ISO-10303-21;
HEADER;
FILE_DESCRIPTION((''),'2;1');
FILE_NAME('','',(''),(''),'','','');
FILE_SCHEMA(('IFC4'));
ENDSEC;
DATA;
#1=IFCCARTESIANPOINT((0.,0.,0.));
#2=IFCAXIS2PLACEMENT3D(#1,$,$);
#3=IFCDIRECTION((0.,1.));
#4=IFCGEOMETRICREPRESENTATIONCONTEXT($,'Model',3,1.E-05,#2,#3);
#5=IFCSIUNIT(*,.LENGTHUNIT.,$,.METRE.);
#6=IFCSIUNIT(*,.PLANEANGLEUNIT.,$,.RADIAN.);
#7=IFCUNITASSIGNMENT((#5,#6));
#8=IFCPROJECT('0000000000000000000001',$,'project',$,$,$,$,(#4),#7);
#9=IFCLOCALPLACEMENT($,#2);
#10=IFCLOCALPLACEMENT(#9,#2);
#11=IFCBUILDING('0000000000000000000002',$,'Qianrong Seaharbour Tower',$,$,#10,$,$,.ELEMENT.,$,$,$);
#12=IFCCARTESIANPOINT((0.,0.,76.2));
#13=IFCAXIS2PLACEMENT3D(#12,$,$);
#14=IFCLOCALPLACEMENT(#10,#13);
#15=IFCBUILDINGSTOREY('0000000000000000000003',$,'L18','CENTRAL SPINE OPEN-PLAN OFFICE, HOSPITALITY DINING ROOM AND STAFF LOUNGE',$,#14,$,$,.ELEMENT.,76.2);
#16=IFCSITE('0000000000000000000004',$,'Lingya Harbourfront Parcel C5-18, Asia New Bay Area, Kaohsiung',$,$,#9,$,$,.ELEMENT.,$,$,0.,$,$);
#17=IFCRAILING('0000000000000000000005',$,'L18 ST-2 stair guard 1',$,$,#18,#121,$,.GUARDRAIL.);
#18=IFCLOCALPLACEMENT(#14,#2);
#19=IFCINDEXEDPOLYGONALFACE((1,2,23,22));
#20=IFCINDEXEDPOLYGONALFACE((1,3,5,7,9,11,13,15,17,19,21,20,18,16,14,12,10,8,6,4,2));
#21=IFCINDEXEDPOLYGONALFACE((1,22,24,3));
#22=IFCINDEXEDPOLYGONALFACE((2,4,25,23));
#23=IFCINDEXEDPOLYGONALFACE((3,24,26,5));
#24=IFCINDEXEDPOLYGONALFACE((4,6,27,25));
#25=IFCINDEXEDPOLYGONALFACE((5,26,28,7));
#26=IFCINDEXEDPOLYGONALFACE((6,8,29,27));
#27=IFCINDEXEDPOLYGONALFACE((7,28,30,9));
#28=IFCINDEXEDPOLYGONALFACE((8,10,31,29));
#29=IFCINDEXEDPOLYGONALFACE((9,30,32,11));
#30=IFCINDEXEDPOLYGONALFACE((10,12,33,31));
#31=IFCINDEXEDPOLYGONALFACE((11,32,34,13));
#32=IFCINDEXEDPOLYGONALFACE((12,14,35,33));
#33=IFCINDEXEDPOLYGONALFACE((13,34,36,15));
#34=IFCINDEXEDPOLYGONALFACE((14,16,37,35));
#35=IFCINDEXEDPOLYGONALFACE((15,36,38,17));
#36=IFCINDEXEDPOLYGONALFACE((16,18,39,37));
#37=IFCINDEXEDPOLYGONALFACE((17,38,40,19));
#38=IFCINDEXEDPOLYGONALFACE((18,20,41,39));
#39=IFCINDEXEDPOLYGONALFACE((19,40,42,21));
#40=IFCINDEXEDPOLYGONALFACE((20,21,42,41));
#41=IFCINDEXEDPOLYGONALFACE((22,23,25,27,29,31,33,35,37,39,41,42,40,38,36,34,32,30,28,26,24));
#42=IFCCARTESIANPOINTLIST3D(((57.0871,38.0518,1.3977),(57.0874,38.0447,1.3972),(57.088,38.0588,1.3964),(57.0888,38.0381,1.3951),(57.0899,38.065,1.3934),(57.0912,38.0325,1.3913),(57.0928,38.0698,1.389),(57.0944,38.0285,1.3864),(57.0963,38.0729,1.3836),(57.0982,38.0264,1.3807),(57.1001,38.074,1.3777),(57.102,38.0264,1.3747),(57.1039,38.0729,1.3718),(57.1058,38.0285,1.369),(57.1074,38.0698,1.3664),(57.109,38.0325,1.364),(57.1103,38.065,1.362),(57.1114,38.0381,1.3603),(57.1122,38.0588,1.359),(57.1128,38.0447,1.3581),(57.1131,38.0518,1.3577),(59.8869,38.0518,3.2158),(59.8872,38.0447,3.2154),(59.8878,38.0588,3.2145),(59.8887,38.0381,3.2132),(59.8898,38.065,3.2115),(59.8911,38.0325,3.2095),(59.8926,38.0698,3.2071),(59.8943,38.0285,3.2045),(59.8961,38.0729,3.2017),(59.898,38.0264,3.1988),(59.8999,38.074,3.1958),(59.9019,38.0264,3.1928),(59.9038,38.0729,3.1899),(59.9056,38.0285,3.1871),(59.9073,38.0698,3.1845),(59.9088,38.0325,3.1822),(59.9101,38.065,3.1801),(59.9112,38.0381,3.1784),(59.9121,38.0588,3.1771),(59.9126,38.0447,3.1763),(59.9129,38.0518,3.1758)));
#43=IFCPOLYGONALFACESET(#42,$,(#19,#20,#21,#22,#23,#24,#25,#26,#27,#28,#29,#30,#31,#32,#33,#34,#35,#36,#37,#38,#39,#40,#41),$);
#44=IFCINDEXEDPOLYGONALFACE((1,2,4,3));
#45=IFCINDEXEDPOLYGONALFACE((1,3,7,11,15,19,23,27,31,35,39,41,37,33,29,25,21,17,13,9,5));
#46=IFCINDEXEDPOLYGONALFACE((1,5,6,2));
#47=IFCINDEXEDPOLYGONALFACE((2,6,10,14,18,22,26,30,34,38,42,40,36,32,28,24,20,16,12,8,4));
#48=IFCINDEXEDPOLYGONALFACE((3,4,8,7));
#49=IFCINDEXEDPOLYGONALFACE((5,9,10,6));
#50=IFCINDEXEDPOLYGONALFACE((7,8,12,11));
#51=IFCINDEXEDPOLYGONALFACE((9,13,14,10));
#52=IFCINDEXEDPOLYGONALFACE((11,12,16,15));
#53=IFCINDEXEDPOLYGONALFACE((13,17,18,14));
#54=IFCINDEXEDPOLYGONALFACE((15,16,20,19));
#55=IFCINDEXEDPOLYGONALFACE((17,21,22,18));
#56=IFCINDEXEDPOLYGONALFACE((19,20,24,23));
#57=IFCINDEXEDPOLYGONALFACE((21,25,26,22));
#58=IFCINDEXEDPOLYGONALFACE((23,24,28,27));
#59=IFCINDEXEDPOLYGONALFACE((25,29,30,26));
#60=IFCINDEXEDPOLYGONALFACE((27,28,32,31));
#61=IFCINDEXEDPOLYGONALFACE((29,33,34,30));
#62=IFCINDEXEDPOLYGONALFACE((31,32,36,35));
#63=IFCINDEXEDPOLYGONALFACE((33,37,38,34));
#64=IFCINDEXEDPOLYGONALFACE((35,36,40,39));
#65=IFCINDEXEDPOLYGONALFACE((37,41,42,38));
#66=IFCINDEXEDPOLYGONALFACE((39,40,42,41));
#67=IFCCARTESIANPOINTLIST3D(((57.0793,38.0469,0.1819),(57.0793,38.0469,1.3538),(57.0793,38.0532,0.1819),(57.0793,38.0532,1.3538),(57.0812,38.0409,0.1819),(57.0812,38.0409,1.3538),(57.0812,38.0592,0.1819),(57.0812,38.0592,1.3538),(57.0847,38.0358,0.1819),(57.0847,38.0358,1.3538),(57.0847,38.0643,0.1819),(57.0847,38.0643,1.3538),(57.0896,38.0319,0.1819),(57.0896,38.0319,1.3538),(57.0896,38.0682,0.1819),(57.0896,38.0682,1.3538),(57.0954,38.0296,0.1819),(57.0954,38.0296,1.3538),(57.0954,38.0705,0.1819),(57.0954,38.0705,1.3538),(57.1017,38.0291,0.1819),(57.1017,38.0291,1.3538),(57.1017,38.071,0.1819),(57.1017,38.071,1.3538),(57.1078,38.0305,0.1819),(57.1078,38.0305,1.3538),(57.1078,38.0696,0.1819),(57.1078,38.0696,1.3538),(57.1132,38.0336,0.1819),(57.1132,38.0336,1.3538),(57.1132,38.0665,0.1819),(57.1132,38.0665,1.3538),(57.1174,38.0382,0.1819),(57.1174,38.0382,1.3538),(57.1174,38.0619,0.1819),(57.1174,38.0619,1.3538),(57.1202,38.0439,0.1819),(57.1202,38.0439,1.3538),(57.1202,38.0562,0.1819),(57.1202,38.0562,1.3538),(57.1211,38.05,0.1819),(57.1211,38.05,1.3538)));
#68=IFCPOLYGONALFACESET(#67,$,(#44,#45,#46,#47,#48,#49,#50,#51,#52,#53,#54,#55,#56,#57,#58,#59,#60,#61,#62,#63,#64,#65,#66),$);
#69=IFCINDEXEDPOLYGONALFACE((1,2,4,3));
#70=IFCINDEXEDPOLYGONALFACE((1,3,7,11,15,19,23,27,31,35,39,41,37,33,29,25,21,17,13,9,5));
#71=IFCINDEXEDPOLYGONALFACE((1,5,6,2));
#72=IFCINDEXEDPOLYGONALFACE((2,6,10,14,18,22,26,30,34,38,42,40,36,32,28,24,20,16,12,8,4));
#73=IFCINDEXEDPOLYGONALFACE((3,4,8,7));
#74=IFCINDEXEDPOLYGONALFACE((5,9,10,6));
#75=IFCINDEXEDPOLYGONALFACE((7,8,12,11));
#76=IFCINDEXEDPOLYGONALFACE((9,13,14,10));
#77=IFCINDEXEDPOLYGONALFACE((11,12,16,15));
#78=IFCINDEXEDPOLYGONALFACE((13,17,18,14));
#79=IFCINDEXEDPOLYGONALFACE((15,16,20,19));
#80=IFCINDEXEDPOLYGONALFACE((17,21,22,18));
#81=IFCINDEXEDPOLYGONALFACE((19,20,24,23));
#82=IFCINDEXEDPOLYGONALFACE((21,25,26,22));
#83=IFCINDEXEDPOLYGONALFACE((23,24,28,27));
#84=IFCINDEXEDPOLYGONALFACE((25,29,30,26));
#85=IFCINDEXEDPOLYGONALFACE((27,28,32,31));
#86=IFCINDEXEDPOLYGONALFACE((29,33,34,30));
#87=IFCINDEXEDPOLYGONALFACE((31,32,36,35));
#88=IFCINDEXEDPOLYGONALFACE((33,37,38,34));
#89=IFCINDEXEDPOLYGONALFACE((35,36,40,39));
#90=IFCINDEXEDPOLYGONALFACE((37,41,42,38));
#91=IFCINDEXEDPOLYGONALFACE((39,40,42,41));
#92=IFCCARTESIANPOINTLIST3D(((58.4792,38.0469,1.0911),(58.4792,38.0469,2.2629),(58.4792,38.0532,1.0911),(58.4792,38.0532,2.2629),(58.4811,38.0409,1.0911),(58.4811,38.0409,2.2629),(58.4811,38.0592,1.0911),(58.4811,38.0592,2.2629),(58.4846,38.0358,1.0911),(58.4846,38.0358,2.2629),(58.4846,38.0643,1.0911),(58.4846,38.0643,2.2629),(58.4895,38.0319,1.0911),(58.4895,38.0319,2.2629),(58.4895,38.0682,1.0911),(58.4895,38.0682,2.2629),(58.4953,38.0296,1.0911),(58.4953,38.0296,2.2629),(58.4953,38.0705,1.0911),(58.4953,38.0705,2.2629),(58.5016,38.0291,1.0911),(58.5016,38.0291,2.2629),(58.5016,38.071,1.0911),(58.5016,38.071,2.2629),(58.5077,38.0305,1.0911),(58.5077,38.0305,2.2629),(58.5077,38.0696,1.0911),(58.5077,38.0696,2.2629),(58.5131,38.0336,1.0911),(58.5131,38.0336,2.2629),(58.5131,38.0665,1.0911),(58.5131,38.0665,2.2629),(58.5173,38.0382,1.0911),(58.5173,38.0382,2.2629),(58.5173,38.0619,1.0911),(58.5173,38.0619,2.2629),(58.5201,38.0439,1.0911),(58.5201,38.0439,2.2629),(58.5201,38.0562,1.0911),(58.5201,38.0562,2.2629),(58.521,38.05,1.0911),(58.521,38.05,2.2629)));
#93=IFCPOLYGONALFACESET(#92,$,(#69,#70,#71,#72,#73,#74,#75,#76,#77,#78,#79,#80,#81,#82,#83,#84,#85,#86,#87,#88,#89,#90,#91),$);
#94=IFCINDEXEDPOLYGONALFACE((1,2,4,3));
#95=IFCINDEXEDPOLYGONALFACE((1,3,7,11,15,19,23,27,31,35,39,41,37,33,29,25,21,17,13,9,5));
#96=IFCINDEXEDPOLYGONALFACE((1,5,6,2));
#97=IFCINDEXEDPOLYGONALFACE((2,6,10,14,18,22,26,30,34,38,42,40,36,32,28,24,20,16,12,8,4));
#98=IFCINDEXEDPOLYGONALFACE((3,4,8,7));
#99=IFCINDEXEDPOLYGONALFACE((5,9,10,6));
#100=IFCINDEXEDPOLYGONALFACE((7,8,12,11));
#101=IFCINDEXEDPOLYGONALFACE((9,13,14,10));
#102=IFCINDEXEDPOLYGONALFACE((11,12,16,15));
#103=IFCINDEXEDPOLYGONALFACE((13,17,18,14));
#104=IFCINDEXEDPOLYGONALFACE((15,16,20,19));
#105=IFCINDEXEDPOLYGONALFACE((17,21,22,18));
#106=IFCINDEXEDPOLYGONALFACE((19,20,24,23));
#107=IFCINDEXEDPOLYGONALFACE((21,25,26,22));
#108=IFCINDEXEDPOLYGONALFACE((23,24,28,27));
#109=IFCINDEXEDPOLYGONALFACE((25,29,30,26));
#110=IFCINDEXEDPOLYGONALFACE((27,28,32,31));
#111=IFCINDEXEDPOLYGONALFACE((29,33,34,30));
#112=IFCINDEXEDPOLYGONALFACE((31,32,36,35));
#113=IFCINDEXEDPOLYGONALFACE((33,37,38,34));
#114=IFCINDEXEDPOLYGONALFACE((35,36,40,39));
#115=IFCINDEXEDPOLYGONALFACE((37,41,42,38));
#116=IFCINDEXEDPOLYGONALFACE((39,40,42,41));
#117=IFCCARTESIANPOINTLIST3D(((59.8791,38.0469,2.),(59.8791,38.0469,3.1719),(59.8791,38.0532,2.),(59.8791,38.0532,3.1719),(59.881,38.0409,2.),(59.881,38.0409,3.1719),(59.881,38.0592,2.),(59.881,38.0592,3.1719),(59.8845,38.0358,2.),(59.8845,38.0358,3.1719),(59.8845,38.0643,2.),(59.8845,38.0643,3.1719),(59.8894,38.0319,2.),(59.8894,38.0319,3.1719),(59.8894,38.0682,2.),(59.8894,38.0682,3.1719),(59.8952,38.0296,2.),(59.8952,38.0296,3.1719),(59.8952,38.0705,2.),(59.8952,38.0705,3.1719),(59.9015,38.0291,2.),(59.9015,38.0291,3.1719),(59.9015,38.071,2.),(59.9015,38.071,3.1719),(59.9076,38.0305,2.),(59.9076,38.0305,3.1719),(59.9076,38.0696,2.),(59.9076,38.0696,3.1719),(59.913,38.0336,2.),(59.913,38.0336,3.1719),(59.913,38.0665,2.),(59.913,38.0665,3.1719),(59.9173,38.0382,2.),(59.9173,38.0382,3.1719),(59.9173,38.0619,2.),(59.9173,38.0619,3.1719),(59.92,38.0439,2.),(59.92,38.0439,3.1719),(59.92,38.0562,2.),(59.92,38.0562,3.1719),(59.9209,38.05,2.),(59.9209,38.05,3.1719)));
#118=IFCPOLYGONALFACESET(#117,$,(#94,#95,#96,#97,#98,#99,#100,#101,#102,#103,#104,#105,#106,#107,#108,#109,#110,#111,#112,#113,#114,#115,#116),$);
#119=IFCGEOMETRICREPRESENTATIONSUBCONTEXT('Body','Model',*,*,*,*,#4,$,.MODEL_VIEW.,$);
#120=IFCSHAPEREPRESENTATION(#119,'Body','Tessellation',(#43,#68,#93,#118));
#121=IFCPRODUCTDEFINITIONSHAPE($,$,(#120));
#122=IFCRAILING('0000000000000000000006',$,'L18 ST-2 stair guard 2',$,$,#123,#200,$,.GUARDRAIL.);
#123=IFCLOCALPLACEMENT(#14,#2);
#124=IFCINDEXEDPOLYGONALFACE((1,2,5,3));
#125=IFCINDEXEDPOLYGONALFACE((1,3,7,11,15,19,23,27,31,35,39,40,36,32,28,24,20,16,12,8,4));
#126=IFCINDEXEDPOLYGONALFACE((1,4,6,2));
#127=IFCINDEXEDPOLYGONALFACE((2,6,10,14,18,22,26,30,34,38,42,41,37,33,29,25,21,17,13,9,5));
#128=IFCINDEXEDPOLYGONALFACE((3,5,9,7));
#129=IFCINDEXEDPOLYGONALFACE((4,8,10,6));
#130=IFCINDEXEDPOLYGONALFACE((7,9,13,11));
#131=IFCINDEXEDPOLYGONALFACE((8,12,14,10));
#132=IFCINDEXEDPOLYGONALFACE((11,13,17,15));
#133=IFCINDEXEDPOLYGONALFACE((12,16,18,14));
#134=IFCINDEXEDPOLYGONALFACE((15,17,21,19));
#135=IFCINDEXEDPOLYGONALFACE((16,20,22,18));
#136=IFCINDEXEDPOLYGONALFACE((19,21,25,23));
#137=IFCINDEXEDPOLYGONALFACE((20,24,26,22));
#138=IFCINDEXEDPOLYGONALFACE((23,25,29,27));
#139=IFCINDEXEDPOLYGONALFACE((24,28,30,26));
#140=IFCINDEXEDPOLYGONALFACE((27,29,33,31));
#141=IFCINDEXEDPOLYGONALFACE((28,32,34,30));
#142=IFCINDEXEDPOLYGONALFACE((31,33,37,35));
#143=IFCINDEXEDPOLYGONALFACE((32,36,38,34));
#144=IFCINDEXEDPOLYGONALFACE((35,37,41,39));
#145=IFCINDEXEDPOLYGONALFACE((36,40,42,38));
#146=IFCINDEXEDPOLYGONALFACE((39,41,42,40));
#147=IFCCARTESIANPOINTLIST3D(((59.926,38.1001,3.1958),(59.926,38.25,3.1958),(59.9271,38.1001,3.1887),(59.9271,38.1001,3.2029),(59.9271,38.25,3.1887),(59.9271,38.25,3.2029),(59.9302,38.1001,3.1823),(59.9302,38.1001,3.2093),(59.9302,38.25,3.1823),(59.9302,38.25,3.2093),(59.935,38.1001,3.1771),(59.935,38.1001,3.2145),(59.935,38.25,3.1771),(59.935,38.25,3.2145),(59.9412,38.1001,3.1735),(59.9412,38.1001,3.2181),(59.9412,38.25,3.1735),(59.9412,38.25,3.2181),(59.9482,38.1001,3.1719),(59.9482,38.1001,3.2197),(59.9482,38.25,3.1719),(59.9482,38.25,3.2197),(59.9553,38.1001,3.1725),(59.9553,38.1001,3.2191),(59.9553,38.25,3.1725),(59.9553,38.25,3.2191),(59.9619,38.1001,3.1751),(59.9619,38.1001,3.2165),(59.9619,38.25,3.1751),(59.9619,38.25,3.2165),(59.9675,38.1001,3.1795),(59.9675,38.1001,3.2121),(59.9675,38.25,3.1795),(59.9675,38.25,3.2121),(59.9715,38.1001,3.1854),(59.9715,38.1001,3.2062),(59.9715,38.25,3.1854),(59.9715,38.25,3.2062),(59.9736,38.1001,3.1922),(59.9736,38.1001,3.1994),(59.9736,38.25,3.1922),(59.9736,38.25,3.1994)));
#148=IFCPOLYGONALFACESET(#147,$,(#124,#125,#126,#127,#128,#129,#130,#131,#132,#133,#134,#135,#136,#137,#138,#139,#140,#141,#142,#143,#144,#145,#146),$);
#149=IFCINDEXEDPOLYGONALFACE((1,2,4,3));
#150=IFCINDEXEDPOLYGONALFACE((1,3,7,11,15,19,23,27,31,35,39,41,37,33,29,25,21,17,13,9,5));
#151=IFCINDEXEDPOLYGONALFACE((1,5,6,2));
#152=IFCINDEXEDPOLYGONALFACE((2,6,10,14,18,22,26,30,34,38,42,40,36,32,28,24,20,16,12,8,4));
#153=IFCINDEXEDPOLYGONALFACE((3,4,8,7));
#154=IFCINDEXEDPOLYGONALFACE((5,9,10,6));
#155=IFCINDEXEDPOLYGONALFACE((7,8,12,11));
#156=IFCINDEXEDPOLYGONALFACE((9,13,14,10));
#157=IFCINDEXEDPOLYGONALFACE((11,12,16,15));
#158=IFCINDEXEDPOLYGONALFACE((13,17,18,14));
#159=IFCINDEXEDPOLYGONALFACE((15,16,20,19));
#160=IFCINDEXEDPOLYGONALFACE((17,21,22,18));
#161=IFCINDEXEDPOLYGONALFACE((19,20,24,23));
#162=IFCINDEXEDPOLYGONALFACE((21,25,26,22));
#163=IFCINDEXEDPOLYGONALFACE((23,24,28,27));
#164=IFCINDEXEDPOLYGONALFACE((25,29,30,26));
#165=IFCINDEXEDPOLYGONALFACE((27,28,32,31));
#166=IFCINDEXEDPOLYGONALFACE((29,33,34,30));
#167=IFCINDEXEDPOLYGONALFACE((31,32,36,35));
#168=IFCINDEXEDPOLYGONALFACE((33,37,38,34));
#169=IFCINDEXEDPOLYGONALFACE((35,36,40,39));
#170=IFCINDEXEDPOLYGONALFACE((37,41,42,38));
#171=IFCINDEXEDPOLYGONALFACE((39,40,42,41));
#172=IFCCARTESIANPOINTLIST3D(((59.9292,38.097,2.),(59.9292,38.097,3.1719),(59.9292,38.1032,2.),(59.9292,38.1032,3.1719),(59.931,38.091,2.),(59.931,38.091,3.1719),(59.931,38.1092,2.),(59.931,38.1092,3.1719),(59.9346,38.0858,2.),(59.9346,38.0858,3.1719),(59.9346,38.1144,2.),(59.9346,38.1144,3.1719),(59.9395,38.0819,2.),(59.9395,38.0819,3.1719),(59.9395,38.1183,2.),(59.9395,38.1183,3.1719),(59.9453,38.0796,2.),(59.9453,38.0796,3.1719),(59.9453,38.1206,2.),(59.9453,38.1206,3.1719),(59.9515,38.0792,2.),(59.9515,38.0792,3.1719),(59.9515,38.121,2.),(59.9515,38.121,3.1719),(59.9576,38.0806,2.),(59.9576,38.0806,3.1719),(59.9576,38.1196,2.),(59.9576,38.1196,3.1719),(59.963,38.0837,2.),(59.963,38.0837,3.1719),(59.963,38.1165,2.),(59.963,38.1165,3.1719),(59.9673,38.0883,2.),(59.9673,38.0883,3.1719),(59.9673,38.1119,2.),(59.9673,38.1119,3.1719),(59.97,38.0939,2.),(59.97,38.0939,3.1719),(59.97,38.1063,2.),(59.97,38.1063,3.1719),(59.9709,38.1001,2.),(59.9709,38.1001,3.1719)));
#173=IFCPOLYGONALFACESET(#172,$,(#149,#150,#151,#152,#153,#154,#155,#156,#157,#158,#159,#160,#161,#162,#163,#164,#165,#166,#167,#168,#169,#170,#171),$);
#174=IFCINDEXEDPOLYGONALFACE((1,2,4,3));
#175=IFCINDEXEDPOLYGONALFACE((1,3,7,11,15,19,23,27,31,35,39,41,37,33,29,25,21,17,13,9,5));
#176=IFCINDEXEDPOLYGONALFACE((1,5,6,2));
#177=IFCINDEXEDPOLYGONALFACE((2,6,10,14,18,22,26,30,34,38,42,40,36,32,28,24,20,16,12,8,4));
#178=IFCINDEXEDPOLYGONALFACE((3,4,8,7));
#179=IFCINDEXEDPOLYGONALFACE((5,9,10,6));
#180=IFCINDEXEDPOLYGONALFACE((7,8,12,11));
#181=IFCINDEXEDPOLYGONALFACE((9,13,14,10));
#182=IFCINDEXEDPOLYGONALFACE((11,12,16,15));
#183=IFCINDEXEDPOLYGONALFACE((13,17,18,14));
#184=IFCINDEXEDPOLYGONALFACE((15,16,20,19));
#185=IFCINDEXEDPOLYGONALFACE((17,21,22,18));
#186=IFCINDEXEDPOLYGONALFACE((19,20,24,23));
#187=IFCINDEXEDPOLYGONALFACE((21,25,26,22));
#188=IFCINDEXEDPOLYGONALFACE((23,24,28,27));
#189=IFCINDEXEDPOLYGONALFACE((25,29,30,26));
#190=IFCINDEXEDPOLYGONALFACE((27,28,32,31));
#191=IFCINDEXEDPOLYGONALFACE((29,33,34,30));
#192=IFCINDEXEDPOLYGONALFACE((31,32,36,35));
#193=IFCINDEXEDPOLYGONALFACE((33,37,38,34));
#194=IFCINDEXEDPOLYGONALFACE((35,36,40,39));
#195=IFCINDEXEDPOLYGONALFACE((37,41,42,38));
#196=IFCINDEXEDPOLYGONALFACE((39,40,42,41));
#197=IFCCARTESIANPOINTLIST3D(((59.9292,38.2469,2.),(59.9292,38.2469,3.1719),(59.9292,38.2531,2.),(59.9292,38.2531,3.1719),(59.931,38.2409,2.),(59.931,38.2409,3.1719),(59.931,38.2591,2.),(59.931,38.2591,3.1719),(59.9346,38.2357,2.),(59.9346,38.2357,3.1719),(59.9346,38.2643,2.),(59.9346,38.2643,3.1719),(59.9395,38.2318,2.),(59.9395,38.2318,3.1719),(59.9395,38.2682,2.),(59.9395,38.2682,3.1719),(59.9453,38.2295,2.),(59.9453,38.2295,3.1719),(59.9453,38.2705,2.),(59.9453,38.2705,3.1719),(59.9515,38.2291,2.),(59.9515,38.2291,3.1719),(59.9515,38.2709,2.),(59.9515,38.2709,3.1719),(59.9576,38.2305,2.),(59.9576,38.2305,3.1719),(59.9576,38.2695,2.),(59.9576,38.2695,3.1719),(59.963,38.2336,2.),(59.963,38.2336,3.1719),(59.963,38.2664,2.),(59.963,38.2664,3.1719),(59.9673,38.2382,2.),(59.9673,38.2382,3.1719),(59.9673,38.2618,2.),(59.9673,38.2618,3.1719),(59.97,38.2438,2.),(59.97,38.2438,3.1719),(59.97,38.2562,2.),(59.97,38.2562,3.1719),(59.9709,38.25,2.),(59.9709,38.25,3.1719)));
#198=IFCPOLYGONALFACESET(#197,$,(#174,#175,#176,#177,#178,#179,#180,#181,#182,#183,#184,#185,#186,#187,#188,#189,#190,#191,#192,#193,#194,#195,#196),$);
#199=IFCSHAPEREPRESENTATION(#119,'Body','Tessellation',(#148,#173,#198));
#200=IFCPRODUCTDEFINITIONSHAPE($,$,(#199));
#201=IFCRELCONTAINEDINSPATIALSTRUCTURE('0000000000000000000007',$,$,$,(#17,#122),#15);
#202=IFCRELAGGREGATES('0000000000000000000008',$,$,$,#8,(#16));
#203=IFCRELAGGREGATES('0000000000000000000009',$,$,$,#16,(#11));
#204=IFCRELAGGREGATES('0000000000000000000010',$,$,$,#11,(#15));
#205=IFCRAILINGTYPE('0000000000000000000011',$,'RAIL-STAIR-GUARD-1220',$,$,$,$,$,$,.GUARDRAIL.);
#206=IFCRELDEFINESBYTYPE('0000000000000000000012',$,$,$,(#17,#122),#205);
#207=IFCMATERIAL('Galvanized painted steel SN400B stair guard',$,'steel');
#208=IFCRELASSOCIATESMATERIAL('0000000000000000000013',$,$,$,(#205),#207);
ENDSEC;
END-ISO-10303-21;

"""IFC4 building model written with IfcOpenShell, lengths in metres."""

from ifc_helpers import new_model, si_unit, direction, frame, origin, origin_2d, place, context, subcontext, project, spatial, circle, extrude, material, type_object, element, save


model = new_model("IFC4")

# Units and contexts
model_context = context("Model", 3, precision=1e-05, world=origin(), true_north=direction((0.0, 1.0)))
body_context = subcontext(model_context, "Body", "Model", "MODEL_VIEW")
ifc_project = project(units=[si_unit("LENGTHUNIT", "METRE"), si_unit("PLANEANGLEUNIT", "RADIAN")], contexts=[model_context])

# Site, building, storey
site_placement = place(None, origin())
site = spatial("IfcSite", under=ifc_project, at=site_placement, Name="Lingya Harbourfront Parcel C5-18, Asia New Bay Area, Kaohsiung", CompositionType="ELEMENT", RefElevation=0.0)
building_placement = place(site_placement, origin())
building = spatial("IfcBuilding", under=site, at=building_placement, Name="Qianrong Seaharbour Tower", CompositionType="ELEMENT")
storey_placement = place(building_placement, frame((0.0, 0.0, 76.2)))
storey = spatial("IfcBuildingStorey", under=building, at=storey_placement, Name="L18", Description="CENTRAL SPINE OPEN-PLAN OFFICE, HOSPITALITY DINING ROOM AND STAFF LOUNGE", CompositionType="ELEMENT", Elevation=76.2)

# Railings
ifc_material_1 = material(Name="Galvanized painted steel SN400B stair guard", Category="steel")
railing_type_1 = type_object("IfcRailingType", Name="RAIL-STAIR-GUARD-1220", PredefinedType="GUARDRAIL", material=ifc_material_1)
railing_1_placement = place(storey_placement, frame((57.1001, 38.05, 0.1819)))
element("IfcRailing", 1, at=railing_1_placement, inside=storey, type_object=railing_type_1, Name="L18 ST-2 stair guard 1", PredefinedType="GUARDRAIL", context=body_context, shape_type="SweptSolid", body=[
    extrude(circle(Radius=0.0239, at=origin_2d()), frame((0.0, 0.0, 1.1958), z_axis=(0.838684, 0.0, 0.544618), x_axis=(0.0, 1.0, 0.0)), (0.0, 0.0, 1.0), 3.3384),
    extrude(circle(Radius=0.021, at=origin_2d()), origin(), (0.0, 0.0, 1.0), 1.1719),
    extrude(circle(Radius=0.021, at=origin_2d()), frame((1.3999, 0.0, 0.9092)), (0.0, 0.0, 1.0), 1.1719),
    extrude(circle(Radius=0.021, at=origin_2d()), frame((2.7998, 0.0, 1.8181)), (0.0, 0.0, 1.0), 1.1719),
])
railing_2_placement = place(storey_placement, frame((59.95, 38.1001, 2.0)))
element("IfcRailing", 2, at=railing_2_placement, inside=storey, type_object=railing_type_1, Name="L18 ST-2 stair guard 2", PredefinedType="GUARDRAIL", context=body_context, shape_type="SweptSolid", body=[
    extrude(circle(Radius=0.0239, at=origin_2d()), frame((0.0, 0.0, 1.1958), z_axis=(0.0, 1.0, 0.0), x_axis=(-1.0, 0.0, 0.0)), (0.0, 0.0, 1.0), 0.1499),
    extrude(circle(Radius=0.021, at=origin_2d()), origin(), (0.0, 0.0, 1.0), 1.1719),
    extrude(circle(Radius=0.021, at=origin_2d()), frame((0.0, 0.1499, 0.0)), (0.0, 0.0, 1.0), 1.1719),
])

save(model, "model.ifc")
